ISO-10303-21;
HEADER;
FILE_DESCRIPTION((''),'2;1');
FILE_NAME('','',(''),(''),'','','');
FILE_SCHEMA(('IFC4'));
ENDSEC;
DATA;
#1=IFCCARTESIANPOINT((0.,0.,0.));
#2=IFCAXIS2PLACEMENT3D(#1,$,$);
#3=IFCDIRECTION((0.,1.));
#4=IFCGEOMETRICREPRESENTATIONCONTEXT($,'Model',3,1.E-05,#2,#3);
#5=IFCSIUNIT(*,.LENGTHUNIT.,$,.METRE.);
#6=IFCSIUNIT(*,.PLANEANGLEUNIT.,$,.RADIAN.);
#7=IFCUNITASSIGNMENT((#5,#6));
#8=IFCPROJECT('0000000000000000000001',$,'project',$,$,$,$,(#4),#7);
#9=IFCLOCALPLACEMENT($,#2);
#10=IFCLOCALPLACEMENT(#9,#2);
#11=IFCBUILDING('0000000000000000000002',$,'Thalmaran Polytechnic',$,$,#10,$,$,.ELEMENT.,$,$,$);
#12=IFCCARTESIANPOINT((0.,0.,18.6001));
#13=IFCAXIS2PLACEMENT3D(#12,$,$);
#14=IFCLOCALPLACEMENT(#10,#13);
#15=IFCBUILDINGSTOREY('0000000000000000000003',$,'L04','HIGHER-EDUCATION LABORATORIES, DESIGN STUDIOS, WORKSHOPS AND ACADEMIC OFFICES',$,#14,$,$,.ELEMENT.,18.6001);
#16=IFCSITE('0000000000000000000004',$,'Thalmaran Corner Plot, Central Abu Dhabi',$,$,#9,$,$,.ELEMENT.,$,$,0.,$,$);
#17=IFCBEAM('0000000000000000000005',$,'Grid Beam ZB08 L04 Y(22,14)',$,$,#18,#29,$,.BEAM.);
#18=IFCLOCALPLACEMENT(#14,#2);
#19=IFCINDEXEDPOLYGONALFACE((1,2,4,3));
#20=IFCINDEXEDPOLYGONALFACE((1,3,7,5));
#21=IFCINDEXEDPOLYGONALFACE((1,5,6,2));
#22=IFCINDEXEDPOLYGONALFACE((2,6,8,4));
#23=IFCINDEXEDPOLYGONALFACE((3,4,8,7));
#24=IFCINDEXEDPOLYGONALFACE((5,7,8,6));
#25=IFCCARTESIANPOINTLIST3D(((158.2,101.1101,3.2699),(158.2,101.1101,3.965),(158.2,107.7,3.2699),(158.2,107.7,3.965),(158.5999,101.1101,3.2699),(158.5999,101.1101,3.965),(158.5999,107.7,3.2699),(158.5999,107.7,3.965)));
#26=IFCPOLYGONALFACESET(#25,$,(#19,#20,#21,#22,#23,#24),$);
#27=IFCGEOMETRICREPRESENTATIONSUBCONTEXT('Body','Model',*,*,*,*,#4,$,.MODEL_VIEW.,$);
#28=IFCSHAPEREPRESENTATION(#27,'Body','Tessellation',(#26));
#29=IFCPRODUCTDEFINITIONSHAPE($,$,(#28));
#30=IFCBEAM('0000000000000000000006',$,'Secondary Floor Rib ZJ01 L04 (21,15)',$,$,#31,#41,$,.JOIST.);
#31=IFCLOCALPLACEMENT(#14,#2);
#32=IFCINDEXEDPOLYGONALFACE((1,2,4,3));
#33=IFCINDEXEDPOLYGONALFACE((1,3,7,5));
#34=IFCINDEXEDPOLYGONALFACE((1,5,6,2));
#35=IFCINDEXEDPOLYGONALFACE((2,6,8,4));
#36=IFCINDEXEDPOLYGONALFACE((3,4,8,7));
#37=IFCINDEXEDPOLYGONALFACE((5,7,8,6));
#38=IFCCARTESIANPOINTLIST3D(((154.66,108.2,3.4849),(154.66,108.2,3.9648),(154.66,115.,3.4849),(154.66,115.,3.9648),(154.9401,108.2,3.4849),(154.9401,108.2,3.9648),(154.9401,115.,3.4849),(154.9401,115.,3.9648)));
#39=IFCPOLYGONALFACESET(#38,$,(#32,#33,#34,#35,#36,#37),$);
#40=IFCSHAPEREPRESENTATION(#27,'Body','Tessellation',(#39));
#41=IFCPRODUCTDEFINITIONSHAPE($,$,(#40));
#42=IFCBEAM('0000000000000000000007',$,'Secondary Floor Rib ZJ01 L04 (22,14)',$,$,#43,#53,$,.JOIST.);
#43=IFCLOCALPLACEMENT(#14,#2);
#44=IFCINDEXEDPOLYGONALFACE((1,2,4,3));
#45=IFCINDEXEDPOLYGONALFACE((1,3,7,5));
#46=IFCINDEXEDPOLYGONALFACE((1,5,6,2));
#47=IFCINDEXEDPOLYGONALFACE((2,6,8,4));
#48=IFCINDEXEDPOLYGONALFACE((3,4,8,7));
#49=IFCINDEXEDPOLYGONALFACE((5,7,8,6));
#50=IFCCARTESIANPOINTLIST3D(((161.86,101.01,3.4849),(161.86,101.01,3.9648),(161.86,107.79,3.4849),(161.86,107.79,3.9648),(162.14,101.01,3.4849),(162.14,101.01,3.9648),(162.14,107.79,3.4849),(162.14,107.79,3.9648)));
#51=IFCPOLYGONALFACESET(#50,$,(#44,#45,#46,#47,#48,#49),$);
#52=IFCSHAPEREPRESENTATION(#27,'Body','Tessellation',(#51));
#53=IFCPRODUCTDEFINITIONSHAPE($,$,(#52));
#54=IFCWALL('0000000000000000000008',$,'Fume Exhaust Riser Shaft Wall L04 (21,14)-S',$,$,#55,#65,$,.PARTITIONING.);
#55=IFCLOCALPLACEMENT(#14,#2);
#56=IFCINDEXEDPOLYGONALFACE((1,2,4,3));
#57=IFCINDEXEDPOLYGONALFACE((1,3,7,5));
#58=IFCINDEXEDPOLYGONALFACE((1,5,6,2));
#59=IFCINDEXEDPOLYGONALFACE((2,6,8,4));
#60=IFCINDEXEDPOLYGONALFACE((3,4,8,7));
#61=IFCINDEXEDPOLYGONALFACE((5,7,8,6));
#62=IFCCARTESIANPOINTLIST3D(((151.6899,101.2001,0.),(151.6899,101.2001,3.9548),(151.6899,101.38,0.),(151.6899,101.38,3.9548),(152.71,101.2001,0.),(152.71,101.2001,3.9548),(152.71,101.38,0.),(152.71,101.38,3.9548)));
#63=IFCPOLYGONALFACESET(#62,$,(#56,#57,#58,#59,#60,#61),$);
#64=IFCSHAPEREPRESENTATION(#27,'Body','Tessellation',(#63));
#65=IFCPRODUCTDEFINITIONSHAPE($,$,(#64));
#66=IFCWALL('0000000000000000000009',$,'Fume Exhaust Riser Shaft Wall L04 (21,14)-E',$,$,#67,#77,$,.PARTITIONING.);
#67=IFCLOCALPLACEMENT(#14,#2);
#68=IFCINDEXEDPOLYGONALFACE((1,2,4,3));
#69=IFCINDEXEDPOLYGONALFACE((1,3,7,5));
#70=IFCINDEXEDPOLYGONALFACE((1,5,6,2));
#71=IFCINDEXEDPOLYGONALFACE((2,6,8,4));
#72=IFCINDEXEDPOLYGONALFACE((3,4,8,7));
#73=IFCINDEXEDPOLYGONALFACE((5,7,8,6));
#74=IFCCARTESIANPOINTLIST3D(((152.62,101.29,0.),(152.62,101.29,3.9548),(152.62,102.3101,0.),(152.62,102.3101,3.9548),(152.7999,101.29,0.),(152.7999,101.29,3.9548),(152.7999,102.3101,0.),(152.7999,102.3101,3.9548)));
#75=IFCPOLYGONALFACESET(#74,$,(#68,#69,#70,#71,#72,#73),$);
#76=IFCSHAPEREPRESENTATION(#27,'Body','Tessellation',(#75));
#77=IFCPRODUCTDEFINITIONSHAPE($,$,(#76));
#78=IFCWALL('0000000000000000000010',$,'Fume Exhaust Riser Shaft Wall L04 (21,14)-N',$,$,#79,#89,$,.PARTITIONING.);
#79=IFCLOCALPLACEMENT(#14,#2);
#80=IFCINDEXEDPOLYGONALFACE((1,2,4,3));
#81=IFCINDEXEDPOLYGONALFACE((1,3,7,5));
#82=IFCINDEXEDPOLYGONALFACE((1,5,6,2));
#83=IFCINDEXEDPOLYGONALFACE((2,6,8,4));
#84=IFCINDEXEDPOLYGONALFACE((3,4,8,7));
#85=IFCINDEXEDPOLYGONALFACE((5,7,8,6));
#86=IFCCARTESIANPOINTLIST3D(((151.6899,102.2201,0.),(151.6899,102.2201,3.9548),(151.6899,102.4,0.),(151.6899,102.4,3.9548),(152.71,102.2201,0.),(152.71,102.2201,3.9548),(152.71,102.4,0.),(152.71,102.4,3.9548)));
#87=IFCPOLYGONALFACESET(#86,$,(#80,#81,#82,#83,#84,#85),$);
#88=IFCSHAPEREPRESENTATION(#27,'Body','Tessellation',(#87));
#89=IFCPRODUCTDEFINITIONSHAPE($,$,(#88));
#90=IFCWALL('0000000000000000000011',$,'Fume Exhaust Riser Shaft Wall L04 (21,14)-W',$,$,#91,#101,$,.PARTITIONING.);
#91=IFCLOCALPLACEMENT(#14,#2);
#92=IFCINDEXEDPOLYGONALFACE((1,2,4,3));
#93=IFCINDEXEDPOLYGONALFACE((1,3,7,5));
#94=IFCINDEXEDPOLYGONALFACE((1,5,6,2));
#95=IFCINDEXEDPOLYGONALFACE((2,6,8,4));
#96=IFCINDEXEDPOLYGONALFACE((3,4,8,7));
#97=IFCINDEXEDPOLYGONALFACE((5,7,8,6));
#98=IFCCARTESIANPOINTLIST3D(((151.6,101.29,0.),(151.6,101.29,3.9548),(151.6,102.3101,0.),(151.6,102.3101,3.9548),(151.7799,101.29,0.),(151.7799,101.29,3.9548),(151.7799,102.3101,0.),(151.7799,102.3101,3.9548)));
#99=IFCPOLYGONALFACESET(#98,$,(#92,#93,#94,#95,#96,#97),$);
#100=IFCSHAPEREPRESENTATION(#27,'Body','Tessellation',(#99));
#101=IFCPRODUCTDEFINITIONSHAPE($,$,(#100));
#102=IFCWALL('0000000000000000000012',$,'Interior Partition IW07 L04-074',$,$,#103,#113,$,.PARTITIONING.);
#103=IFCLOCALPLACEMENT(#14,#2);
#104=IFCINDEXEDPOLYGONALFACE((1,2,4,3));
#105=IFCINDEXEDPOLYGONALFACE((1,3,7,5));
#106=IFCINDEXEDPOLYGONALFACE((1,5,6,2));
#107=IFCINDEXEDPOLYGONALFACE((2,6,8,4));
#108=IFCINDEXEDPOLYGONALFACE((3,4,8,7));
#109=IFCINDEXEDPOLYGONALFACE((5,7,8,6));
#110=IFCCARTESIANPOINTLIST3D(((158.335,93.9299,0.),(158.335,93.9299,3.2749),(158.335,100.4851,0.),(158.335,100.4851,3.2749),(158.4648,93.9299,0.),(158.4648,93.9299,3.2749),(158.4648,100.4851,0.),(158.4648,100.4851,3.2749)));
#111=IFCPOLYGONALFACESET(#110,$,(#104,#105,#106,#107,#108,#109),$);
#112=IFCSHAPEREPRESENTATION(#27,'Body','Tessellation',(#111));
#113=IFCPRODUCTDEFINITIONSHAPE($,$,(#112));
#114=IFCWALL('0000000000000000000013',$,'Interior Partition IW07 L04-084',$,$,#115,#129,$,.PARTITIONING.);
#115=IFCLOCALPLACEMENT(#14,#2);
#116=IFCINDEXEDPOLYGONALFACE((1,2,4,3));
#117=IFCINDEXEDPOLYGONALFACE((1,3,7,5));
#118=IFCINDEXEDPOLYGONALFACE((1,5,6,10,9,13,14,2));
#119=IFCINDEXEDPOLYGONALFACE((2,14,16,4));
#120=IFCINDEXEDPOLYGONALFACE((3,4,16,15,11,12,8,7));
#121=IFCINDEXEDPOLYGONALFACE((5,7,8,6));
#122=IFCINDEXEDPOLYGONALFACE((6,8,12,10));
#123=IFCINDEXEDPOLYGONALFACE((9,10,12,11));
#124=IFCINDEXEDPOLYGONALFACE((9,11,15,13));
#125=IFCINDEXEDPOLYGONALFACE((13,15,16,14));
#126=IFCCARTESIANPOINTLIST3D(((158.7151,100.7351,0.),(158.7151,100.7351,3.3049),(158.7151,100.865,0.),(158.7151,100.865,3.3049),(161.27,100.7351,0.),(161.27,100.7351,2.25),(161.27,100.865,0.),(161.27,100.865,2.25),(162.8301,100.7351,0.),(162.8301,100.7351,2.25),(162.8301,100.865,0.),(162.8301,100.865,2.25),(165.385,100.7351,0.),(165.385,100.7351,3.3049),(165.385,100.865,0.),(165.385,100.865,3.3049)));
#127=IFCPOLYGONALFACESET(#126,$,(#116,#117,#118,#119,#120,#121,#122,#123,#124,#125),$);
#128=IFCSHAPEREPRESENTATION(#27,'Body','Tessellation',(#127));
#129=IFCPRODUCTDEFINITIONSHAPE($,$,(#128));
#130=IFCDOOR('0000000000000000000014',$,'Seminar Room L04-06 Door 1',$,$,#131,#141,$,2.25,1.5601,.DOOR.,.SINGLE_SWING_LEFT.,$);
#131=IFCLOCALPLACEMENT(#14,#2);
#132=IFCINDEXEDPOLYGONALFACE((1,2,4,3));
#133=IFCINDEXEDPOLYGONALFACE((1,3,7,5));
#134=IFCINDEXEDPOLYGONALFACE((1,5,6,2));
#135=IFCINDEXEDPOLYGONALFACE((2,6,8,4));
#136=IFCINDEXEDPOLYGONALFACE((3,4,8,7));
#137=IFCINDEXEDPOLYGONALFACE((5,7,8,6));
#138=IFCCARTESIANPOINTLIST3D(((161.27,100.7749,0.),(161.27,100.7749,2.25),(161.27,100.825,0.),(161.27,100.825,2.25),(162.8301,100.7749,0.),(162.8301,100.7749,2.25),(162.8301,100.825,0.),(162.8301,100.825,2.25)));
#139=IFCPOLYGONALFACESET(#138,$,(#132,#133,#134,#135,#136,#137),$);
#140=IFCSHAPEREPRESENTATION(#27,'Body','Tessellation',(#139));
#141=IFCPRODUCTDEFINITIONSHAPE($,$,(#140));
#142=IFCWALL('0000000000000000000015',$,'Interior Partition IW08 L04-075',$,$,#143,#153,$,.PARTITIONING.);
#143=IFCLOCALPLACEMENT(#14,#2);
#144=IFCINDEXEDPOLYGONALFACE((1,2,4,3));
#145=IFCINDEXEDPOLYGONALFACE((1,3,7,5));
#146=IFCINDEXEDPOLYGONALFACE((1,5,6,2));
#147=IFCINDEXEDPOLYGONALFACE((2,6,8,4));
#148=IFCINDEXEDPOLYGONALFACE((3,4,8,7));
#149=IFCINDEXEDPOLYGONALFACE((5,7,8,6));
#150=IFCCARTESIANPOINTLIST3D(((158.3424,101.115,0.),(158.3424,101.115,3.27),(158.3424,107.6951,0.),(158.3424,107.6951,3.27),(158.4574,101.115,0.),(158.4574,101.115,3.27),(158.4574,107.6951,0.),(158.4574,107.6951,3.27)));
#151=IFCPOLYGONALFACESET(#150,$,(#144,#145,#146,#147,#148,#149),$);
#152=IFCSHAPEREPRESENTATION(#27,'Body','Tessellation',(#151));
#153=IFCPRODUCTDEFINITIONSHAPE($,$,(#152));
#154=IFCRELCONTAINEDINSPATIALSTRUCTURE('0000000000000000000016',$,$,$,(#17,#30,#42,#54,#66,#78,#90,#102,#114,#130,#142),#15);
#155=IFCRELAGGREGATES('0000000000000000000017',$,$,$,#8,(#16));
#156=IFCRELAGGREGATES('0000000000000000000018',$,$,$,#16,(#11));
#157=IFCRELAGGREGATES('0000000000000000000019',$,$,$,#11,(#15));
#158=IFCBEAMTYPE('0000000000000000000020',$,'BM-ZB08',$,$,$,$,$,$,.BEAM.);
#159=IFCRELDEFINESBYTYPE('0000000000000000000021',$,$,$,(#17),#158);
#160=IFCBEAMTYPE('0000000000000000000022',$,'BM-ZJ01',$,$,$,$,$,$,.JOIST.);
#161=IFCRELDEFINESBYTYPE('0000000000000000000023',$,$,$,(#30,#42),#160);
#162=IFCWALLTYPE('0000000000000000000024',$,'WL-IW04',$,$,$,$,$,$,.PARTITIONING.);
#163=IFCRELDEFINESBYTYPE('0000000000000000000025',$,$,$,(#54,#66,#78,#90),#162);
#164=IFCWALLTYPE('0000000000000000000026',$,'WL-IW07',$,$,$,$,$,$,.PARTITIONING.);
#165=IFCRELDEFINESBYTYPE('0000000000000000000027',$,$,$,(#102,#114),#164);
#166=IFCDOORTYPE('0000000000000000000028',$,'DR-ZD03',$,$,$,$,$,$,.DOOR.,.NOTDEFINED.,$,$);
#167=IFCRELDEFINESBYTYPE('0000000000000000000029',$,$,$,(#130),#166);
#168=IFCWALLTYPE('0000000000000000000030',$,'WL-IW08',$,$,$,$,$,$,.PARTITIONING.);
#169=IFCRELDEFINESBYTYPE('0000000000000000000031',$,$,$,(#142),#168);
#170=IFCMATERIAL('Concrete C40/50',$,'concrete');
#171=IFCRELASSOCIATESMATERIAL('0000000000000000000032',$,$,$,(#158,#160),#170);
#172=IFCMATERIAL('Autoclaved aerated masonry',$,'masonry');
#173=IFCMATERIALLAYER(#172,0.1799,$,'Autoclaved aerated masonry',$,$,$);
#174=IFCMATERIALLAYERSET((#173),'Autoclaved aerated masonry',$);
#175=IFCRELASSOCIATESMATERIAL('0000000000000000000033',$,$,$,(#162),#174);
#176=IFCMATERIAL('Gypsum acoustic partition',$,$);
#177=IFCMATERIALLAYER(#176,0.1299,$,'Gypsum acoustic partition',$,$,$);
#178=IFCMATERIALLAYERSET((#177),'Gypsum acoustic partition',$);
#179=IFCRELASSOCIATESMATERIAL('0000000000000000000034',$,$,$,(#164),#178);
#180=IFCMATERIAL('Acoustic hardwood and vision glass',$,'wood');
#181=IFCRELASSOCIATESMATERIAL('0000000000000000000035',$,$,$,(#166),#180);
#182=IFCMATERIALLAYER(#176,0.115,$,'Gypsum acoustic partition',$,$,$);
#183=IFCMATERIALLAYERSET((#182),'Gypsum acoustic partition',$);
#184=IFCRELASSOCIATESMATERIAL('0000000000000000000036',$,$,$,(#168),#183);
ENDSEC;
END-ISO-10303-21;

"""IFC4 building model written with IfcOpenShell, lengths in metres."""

from ifc_helpers import new_model, si_unit, direction, frame, frame_2d, origin, origin_2d, place, context, subcontext, project, spatial, rectangle, extrude, material, layer, layer_set, material_profile, profile_set, type_object, element, fill, save


model = new_model("IFC4")

# Units and contexts
model_context = context("Model", 3, precision=1e-05, world=origin(), true_north=direction((0.0, 1.0)))
body_context = subcontext(model_context, "Body", "Model", "MODEL_VIEW")
ifc_project = project(units=[si_unit("LENGTHUNIT", "METRE"), si_unit("PLANEANGLEUNIT", "RADIAN")], contexts=[model_context])

# Site, building, storey
site_placement = place(None, origin())
site = spatial("IfcSite", under=ifc_project, at=site_placement, Name="Thalmaran Corner Plot, Central Abu Dhabi", CompositionType="ELEMENT", RefElevation=0.0)
building_placement = place(site_placement, origin())
building = spatial("IfcBuilding", under=site, at=building_placement, Name="Thalmaran Polytechnic", CompositionType="ELEMENT")
storey_placement = place(building_placement, frame((0.0, 0.0, 18.6001)))
storey = spatial("IfcBuildingStorey", under=building, at=storey_placement, Name="L04", Description="HIGHER-EDUCATION LABORATORIES, DESIGN STUDIOS, WORKSHOPS AND ACADEMIC OFFICES", CompositionType="ELEMENT", Elevation=18.6001)

# Shared definitions
ifc_material_1 = material(Name="Concrete C40/50", Category="concrete")

# Beams
ifc_material_profile_1 = material_profile(ifc_material_1, rectangle(XDim=0.3999, YDim=0.6951, at=origin_2d()), Name="RC 400x695")
ifc_profile_set_1 = profile_set([ifc_material_profile_1], Name="Concrete C40/50")
beam_type_1 = type_object("IfcBeamType", Name="BM-ZB08", PredefinedType="BEAM", material=ifc_profile_set_1)
beam_1_placement = place(storey_placement, frame((158.3999, 101.1101, 3.6174), z_axis=(0.0, 1.0, 0.0), x_axis=(-1.0, 0.0, 0.0)))
element("IfcBeam", 1, at=beam_1_placement, inside=storey, type_object=beam_type_1, Name="Grid Beam ZB08 L04 Y(22,14)", PredefinedType="BEAM", context=body_context, shape_type="SweptSolid", body=[
    extrude(rectangle(XDim=0.3999, YDim=0.6951, at=origin_2d()), origin(), (0.0, 0.0, 1.0), 6.5898),
])
ifc_material_profile_2 = material_profile(ifc_material_1, rectangle(XDim=0.28, YDim=0.48, at=origin_2d()), Name="RC 280x480")
ifc_profile_set_2 = profile_set([ifc_material_profile_2], Name="Concrete C40/50")
beam_type_2 = type_object("IfcBeamType", Name="BM-ZJ01", PredefinedType="JOIST", material=ifc_profile_set_2)
beam_2_placement = place(storey_placement, frame((154.8, 108.2, 3.7249), z_axis=(0.0, 1.0, 0.0), x_axis=(-1.0, 0.0, 0.0)))
element("IfcBeam", 2, at=beam_2_placement, inside=storey, type_object=beam_type_2, Name="Secondary Floor Rib ZJ01 L04 (21,15)", PredefinedType="JOIST", context=body_context, shape_type="SweptSolid", body=[
    extrude(rectangle(XDim=0.28, YDim=0.48, at=origin_2d()), origin(), (0.0, 0.0, 1.0), 6.8),
])
beam_3_placement = place(storey_placement, frame((162.0, 101.01, 3.7249), z_axis=(0.0, 1.0, 0.0), x_axis=(-1.0, 0.0, 0.0)))
element("IfcBeam", 3, at=beam_3_placement, inside=storey, type_object=beam_type_2, Name="Secondary Floor Rib ZJ01 L04 (22,14)", PredefinedType="JOIST", context=body_context, shape_type="SweptSolid", body=[
    extrude(rectangle(XDim=0.28, YDim=0.48, at=origin_2d()), origin(), (0.0, 0.0, 1.0), 6.78),
])

# Walls
ifc_material_2 = material(Name="Autoclaved aerated masonry", Category="masonry")
ifc_layer_1 = layer(ifc_material_2, 0.1799, Name="Autoclaved aerated masonry")
ifc_layer_set_1 = layer_set([ifc_layer_1], Name="Autoclaved aerated masonry")
wall_type_1 = type_object("IfcWallType", Name="WL-IW04", PredefinedType="PARTITIONING", material=ifc_layer_set_1)
for number, where, z_axis, x_axis, name in (
    (4, (151.6899, 101.29, 0.0), (0.0, 0.0, 1.0), (1.0, 0.0, 0.0), "Fume Exhaust Riser Shaft Wall L04 (21,14)-S"),
    (5, (152.71, 101.29, 0.0), (0.0, 0.0, 1.0), (0.0, 1.0, 0.0), "Fume Exhaust Riser Shaft Wall L04 (21,14)-E"),
    (6, (152.71, 102.3101, 0.0), (0.0, 0.0, 1.0), (-1.0, 0.0, 0.0), "Fume Exhaust Riser Shaft Wall L04 (21,14)-N"),
    (7, (151.6899, 102.3101, 0.0), (0.0, 0.0, 1.0), (0.0, -1.0, 0.0), "Fume Exhaust Riser Shaft Wall L04 (21,14)-W"),
):
    element("IfcWall", number, at=place(storey_placement, frame(where, z_axis=z_axis, x_axis=x_axis)), inside=storey, type_object=wall_type_1, Name=name, PredefinedType="PARTITIONING", context=body_context, shape_type="SweptSolid", body=[
        extrude(rectangle(XDim=1.02, YDim=0.1799, at=frame_2d((0.51, 0.0))), origin(), (0.0, 0.0, 1.0), 3.9548),
    ])
ifc_material_3 = material(Name="Gypsum acoustic partition")
ifc_layer_2 = layer(ifc_material_3, 0.1299, Name="Gypsum acoustic partition")
ifc_layer_set_2 = layer_set([ifc_layer_2], Name="Gypsum acoustic partition")
wall_type_2 = type_object("IfcWallType", Name="WL-IW07", PredefinedType="PARTITIONING", material=ifc_layer_set_2)
wall_1_placement = place(storey_placement, frame((158.3999, 93.9299, 0.0), z_axis=(0.0, 0.0, 1.0), x_axis=(0.0, 1.0, 0.0)))
element("IfcWall", 8, at=wall_1_placement, inside=storey, type_object=wall_type_2, Name="Interior Partition IW07 L04-074", PredefinedType="PARTITIONING", context=body_context, shape_type="SweptSolid", body=[
    extrude(rectangle(XDim=6.5552, YDim=0.1299, at=frame_2d((3.2776, 0.0))), origin(), (0.0, 0.0, 1.0), 3.2749),
])

# Wall, opening, door
wall_2_placement = place(storey_placement, frame((158.7151, 100.8, 0.0), z_axis=(0.0, 0.0, 1.0), x_axis=(1.0, 0.0, 0.0)))
wall_2 = element("IfcWall", 9, at=wall_2_placement, inside=storey, type_object=wall_type_2, Name="Interior Partition IW07 L04-084", PredefinedType="PARTITIONING", context=body_context, shape_type="SweptSolid", body=[
    extrude(rectangle(XDim=6.6699, YDim=0.1299, at=frame_2d((3.335, 0.0))), origin(), (0.0, 0.0, 1.0), 3.3049),
])
opening_placement = place(wall_2_placement, frame((2.5549, 0.0, 0.0)))
opening = element("IfcOpeningElement", 10, at=opening_placement, cuts=wall_2, PredefinedType="OPENING", context=body_context, shape_type="SweptSolid", body=[
    extrude(rectangle(XDim=1.5601, YDim=2.25, at=frame_2d((0.78, 1.125))), frame((0.0, 0.075, 0.0), z_axis=(0.0, -1.0, 0.0), x_axis=(1.0, 0.0, 0.0)), (0.0, 0.0, 1.0), 0.1499),
])
ifc_material_4 = material(Name="Acoustic hardwood and vision glass", Category="wood")
door_type = type_object("IfcDoorType", Name="DR-ZD03", OperationType="NOTDEFINED", PredefinedType="DOOR", material=ifc_material_4)
door_placement = place(opening_placement, origin())
door = element("IfcDoor", 11, at=door_placement, inside=storey, type_object=door_type, Name="Seminar Room L04-06 Door 1", OperationType="SINGLE_SWING_LEFT", OverallHeight=2.25, OverallWidth=1.5601, PredefinedType="DOOR", context=body_context, shape_type="SweptSolid", body=[
    extrude(rectangle(XDim=1.5601, YDim=2.25, at=frame_2d((0.78, 1.125))), frame((0.0, 0.0249, 0.0), z_axis=(0.0, -1.0, 0.0), x_axis=(1.0, 0.0, 0.0)), (0.0, 0.0, 1.0), 0.05),
])
fill(opening, door)

# Wall
ifc_layer_3 = layer(ifc_material_3, 0.115, Name="Gypsum acoustic partition")
ifc_layer_set_3 = layer_set([ifc_layer_3], Name="Gypsum acoustic partition")
wall_type_3 = type_object("IfcWallType", Name="WL-IW08", PredefinedType="PARTITIONING", material=ifc_layer_set_3)
wall_3_placement = place(storey_placement, frame((158.3999, 101.115, 0.0), z_axis=(0.0, 0.0, 1.0), x_axis=(0.0, 1.0, 0.0)))
element("IfcWall", 12, at=wall_3_placement, inside=storey, type_object=wall_type_3, Name="Interior Partition IW08 L04-075", PredefinedType="PARTITIONING", context=body_context, shape_type="SweptSolid", body=[
    extrude(rectangle(XDim=6.5801, YDim=0.115, at=frame_2d((3.29, 0.0))), origin(), (0.0, 0.0, 1.0), 3.27),
])

save(model, "model.ifc")
